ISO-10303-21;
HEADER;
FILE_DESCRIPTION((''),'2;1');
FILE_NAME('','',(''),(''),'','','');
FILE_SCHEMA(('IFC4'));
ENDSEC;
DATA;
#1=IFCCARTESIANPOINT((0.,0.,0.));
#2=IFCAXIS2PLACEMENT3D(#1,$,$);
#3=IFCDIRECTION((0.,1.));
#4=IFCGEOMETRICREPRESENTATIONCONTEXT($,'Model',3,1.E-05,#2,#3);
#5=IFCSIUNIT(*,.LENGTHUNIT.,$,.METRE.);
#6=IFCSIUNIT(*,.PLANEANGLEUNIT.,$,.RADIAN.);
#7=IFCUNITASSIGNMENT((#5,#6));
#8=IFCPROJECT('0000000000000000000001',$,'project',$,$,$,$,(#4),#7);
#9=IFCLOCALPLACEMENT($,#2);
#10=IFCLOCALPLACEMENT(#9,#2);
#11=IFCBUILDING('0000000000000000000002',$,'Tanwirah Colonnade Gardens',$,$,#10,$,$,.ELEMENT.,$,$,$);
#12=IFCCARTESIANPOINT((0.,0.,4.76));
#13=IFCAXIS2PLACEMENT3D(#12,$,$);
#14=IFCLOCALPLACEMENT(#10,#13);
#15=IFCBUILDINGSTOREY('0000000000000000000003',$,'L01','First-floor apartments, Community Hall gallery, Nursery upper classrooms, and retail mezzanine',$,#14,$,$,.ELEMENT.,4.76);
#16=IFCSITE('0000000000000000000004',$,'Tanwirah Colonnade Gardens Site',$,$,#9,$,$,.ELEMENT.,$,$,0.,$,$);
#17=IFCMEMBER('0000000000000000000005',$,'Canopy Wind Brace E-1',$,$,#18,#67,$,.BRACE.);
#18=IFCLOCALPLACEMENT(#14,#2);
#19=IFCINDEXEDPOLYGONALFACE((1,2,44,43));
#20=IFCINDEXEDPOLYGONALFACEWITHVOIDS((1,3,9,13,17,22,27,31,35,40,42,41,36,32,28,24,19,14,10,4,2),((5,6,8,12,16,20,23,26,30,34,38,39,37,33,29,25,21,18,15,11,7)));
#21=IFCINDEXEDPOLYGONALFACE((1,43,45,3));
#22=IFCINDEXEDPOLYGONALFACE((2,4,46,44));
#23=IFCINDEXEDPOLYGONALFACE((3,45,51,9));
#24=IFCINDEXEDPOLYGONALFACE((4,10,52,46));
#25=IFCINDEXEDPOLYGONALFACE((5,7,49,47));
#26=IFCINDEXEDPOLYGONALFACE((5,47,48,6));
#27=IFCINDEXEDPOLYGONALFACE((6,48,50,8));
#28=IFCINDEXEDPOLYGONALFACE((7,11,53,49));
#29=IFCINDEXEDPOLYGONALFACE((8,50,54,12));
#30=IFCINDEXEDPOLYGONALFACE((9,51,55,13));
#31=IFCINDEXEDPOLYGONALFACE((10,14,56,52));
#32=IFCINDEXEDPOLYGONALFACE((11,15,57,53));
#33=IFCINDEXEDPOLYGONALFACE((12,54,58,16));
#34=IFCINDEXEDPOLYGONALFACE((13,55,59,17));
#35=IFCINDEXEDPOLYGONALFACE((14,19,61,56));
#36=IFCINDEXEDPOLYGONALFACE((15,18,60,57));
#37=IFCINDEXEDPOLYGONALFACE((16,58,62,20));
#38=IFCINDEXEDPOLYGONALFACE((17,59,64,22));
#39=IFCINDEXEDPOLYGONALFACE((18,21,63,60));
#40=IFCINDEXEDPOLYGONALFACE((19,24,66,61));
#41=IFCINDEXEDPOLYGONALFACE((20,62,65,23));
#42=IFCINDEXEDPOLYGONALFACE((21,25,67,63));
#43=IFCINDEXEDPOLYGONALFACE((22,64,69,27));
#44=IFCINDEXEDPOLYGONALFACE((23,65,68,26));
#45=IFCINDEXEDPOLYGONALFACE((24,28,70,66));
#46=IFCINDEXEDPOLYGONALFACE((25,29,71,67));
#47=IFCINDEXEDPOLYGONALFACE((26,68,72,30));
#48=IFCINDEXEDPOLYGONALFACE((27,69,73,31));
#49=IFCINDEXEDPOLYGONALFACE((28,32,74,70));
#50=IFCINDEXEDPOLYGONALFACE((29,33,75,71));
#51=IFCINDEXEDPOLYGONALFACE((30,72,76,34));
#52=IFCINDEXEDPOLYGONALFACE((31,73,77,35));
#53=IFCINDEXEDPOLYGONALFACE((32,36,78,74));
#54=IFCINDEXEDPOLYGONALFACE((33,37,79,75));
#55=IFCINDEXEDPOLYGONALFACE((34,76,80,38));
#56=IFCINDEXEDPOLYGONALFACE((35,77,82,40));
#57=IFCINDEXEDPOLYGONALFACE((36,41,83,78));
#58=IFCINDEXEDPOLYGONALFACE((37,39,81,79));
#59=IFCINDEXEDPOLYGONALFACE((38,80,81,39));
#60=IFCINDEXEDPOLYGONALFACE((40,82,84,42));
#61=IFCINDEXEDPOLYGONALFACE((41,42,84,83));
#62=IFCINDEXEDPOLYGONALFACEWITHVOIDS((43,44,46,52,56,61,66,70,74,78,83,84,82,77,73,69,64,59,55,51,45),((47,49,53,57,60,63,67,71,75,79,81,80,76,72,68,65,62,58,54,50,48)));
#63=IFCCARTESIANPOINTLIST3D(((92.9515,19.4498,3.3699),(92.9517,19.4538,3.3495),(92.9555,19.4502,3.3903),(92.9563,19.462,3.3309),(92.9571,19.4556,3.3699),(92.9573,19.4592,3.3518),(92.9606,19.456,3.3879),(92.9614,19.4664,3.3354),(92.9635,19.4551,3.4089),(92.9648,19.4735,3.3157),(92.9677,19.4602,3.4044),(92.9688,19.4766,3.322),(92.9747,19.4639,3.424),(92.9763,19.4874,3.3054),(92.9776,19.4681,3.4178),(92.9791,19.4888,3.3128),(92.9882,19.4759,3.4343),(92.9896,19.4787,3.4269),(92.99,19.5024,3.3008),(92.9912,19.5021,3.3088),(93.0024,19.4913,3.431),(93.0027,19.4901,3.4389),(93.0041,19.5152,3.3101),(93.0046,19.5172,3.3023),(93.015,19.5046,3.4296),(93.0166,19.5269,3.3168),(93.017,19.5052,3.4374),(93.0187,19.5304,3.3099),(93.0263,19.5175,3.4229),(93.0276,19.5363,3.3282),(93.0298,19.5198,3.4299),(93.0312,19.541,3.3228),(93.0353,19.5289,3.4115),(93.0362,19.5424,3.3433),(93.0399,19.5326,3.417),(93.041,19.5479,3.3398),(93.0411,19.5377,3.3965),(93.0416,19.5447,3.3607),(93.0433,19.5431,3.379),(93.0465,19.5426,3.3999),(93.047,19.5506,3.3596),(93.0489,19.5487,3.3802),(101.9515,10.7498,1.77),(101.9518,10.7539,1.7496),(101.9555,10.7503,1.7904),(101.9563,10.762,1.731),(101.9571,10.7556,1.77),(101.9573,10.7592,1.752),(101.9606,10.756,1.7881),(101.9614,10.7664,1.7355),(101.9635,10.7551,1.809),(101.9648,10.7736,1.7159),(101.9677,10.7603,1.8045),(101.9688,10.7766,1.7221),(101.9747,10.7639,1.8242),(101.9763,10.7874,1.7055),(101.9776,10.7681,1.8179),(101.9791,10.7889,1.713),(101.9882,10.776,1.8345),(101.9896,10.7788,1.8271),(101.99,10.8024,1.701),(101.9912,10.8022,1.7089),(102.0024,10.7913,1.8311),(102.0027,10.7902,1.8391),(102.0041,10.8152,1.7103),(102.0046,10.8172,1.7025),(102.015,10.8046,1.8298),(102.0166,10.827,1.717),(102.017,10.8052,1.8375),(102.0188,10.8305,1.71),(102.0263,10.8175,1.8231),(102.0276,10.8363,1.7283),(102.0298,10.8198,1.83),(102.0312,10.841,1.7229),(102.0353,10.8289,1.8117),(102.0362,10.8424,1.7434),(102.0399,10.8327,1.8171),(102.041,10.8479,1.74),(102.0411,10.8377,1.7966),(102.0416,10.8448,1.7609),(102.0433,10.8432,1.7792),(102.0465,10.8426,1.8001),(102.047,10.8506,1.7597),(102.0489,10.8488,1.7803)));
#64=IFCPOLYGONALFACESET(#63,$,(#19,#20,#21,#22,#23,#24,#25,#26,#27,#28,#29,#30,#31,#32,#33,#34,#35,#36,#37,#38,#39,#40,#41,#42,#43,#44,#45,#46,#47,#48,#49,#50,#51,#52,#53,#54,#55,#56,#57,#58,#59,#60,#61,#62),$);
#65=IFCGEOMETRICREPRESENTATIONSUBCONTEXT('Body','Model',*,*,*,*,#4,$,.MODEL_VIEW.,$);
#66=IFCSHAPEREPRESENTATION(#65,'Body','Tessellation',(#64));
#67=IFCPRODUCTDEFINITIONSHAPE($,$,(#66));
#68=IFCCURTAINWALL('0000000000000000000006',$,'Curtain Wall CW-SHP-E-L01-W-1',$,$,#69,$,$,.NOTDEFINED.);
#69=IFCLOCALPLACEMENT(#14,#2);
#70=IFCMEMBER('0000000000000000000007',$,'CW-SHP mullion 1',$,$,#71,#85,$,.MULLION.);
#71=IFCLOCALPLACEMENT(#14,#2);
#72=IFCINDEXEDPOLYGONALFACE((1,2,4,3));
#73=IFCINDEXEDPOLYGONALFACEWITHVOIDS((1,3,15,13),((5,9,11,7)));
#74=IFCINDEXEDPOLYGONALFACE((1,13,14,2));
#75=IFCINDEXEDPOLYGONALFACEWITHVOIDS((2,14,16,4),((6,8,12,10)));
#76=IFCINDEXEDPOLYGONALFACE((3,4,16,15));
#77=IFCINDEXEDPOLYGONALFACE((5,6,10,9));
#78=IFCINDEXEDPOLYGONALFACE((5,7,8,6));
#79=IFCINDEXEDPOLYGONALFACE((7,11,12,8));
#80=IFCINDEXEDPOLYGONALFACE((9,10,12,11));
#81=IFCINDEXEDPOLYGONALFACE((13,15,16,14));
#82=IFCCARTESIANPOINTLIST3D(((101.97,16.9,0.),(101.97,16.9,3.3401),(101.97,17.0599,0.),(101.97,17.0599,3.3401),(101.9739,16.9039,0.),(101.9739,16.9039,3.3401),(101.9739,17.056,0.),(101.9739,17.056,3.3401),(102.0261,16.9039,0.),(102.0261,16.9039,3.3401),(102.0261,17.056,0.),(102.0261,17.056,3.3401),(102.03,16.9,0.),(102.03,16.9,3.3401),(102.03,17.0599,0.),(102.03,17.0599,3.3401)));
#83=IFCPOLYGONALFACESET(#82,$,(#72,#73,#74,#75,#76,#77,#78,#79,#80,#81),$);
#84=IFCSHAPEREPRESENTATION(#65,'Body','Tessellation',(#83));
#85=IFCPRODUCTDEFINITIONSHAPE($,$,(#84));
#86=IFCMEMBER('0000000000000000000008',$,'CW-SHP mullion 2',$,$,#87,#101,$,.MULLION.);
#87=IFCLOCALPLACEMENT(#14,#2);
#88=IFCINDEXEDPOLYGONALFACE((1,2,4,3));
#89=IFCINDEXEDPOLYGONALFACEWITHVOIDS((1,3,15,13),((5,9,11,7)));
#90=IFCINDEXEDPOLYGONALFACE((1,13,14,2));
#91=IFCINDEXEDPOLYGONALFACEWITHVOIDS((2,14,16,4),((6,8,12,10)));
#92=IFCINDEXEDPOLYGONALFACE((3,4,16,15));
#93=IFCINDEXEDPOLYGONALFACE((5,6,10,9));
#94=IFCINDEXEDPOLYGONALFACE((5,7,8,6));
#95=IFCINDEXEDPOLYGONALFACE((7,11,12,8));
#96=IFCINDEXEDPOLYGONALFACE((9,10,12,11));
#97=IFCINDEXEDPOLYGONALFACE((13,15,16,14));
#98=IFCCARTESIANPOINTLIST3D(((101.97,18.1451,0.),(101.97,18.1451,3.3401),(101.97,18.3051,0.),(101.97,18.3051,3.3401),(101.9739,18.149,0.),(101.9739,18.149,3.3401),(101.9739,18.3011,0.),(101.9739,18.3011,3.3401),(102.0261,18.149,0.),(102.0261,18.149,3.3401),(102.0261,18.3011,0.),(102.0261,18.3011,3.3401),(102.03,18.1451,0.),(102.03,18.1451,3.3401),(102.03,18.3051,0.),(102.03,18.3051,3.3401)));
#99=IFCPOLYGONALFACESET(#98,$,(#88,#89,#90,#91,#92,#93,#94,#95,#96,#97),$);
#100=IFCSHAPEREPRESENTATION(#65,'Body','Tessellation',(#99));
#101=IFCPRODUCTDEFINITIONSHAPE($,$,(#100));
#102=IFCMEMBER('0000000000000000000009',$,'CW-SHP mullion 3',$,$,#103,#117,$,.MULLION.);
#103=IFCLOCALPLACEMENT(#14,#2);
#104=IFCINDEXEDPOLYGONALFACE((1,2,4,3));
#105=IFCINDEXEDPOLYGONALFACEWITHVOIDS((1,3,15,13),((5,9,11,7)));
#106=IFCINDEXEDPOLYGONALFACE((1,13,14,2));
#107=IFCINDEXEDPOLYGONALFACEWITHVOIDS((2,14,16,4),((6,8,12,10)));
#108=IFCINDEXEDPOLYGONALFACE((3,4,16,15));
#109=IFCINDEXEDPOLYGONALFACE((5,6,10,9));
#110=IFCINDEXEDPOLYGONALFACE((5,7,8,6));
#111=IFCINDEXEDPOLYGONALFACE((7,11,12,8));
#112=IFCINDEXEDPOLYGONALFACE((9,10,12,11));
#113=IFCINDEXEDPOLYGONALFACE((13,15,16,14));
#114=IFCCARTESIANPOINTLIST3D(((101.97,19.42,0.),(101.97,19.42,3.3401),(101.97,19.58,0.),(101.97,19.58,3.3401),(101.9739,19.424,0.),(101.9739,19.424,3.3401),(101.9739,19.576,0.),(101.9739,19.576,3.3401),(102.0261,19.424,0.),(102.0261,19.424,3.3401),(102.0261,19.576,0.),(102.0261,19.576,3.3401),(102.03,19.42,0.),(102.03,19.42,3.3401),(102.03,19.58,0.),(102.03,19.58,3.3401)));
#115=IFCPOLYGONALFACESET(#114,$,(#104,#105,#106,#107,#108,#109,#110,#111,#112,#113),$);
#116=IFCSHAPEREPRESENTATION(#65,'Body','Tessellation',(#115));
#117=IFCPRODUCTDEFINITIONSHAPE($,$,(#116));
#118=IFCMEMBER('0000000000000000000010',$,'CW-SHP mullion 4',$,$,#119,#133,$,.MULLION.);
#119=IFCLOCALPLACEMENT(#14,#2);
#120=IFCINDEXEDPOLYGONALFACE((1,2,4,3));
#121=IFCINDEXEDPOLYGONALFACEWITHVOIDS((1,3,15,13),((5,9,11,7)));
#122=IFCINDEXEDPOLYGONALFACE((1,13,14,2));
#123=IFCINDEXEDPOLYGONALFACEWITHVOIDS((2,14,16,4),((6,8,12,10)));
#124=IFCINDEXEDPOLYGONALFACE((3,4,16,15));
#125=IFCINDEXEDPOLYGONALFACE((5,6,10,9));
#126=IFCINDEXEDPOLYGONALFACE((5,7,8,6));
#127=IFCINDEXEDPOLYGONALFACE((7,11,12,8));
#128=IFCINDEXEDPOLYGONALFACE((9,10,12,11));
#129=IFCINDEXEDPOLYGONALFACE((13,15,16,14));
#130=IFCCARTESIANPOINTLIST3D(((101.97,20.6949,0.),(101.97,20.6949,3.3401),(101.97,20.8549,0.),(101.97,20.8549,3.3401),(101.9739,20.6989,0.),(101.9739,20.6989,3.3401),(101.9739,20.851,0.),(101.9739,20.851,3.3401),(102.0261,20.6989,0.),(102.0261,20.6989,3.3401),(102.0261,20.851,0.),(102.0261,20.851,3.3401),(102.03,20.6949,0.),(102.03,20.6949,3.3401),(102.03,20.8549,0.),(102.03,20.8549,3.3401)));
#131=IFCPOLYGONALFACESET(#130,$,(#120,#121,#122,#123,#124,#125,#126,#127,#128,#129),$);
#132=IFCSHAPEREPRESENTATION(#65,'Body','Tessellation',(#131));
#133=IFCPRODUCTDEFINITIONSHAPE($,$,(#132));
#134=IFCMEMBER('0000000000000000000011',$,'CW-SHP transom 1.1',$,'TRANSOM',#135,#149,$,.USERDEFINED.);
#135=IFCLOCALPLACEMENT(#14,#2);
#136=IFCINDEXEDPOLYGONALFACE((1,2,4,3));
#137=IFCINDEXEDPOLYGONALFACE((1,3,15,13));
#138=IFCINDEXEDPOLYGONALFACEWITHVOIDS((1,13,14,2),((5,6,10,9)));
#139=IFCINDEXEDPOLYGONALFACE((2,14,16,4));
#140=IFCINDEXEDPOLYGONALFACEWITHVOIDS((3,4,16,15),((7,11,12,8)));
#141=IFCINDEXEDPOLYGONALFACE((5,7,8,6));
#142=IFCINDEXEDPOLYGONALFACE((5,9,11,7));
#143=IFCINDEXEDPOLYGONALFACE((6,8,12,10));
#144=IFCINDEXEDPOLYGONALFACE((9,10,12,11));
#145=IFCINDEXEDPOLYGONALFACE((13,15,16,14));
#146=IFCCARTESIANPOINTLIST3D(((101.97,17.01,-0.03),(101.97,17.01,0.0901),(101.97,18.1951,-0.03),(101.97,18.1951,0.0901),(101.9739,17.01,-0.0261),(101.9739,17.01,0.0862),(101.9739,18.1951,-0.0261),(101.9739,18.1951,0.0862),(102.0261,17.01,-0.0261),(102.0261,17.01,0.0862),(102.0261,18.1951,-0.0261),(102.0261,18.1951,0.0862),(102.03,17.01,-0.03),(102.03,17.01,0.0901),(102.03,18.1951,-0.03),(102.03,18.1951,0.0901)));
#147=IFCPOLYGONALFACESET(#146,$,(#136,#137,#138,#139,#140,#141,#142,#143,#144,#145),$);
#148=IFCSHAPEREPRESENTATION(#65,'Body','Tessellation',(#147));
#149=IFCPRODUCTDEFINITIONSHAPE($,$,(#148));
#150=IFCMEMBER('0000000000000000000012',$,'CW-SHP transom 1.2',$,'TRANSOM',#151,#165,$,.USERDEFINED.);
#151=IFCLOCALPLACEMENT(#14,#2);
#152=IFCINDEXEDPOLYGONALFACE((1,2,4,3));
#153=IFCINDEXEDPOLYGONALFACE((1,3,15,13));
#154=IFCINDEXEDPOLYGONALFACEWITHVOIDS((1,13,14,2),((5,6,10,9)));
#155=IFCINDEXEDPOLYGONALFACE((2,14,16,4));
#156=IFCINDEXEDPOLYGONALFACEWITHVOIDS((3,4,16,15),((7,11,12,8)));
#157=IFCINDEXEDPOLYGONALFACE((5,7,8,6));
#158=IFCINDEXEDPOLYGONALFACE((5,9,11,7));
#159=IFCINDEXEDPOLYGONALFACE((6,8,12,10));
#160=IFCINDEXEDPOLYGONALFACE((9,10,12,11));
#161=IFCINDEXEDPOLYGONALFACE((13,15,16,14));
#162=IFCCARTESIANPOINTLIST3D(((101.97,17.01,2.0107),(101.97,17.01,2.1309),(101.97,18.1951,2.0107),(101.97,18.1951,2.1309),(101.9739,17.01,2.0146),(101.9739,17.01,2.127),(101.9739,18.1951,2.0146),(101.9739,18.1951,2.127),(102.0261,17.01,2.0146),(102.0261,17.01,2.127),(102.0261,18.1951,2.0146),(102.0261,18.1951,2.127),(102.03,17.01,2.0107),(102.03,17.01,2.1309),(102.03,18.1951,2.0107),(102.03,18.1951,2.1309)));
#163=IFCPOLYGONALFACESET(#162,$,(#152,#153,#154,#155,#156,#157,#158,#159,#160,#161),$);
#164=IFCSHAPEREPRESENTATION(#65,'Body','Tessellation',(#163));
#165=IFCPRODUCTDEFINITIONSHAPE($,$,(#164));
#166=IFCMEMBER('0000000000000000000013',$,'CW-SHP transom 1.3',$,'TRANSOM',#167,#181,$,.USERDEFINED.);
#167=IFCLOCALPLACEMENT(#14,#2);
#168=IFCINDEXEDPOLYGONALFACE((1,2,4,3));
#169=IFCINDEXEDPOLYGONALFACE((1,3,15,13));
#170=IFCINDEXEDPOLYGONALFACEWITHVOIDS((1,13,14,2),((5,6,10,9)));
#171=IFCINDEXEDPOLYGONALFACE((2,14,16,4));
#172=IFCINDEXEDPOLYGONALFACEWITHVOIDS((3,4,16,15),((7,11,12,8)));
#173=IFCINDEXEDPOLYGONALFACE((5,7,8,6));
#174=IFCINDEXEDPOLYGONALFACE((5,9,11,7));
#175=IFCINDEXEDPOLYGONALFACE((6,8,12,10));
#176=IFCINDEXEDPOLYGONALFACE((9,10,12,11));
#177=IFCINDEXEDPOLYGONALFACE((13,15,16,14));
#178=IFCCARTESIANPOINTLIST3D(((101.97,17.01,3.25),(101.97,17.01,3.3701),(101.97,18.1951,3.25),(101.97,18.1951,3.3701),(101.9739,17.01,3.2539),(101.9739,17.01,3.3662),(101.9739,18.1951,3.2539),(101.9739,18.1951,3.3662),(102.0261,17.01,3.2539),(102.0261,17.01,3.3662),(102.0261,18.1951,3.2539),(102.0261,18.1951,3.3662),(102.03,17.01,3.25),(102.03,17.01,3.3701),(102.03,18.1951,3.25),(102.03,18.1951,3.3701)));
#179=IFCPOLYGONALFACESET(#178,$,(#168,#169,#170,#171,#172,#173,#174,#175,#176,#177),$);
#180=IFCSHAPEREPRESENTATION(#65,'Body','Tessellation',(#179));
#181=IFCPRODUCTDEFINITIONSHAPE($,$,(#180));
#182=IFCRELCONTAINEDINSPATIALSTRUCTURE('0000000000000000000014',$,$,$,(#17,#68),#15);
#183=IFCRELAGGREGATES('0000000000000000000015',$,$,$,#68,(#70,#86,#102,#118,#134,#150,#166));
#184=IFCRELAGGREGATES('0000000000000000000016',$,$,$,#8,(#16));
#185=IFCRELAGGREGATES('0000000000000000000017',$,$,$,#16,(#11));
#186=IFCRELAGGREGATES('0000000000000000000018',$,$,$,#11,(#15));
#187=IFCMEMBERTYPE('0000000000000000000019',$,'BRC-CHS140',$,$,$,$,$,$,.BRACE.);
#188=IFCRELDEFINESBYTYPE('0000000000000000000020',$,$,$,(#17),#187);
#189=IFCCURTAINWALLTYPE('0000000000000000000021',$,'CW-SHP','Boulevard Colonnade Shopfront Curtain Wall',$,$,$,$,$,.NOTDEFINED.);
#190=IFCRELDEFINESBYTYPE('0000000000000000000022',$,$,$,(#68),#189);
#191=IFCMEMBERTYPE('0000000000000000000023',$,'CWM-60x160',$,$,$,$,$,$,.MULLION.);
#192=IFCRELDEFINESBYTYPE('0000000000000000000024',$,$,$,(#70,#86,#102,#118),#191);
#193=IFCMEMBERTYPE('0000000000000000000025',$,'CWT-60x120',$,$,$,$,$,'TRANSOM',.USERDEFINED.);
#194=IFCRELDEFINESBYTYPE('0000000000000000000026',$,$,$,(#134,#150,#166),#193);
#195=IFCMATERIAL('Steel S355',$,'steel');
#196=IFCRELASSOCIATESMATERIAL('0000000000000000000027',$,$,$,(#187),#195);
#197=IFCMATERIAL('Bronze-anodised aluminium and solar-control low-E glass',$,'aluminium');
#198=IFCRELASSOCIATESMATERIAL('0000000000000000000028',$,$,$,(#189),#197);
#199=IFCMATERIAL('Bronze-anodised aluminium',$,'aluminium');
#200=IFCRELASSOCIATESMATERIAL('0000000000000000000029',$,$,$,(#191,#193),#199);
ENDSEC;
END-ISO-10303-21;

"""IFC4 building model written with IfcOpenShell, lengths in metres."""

from ifc_helpers import new_model, si_unit, direction, frame, origin, origin_2d, place, context, subcontext, project, spatial, hollow_rectangle, hollow_circle, extrude, material, material_profile, profile_set, type_object, element, aggregate, save


model = new_model("IFC4")

# Units and contexts
model_context = context("Model", 3, precision=1e-05, world=origin(), true_north=direction((0.0, 1.0)))
body_context = subcontext(model_context, "Body", "Model", "MODEL_VIEW")
ifc_project = project(units=[si_unit("LENGTHUNIT", "METRE"), si_unit("PLANEANGLEUNIT", "RADIAN")], contexts=[model_context])

# Site, building, storey
site_placement = place(None, origin())
site = spatial("IfcSite", under=ifc_project, at=site_placement, Name="Tanwirah Colonnade Gardens Site", CompositionType="ELEMENT", RefElevation=0.0)
building_placement = place(site_placement, origin())
building = spatial("IfcBuilding", under=site, at=building_placement, Name="Tanwirah Colonnade Gardens", CompositionType="ELEMENT")
storey_placement = place(building_placement, frame((0.0, 0.0, 4.76)))
storey = spatial("IfcBuildingStorey", under=building, at=storey_placement, Name="L01", Description="First-floor apartments, Community Hall gallery, Nursery upper classrooms, and retail mezzanine", CompositionType="ELEMENT", Elevation=4.76)

# Shared definitions
ifc_material_1 = material(Name="Steel S355", Category="steel")

# Member
ifc_material_profile_1 = material_profile(ifc_material_1, hollow_circle(Radius=0.0698, WallThickness=0.0081, at=origin_2d()), Name="CHS 139.7x8")
ifc_profile_set_1 = profile_set([ifc_material_profile_1], Name="Steel S355")
member_type_1 = type_object("IfcMemberType", Name="BRC-CHS140", PredefinedType="BRACE", material=ifc_profile_set_1)
member_1_placement = place(storey_placement, frame((102.0, 10.8, 1.77), z_axis=(-0.713189, 0.689412, 0.126778), x_axis=(-0.69502, -0.71899, 0.0)))
element("IfcMember", 1, at=member_1_placement, inside=storey, type_object=member_type_1, Name="Canopy Wind Brace E-1", PredefinedType="BRACE", context=body_context, shape_type="SweptSolid", body=[
    extrude(hollow_circle(Radius=0.0698, WallThickness=0.0081, at=origin_2d()), origin(), (0.0, 0.0, 1.0), 12.6194),
])

# Curtain wall, members
ifc_material_2 = material(Name="Bronze-anodised aluminium and solar-control low-E glass", Category="aluminium")
curtain_wall_type = type_object("IfcCurtainWallType", Name="CW-SHP", Description="Boulevard Colonnade Shopfront Curtain Wall", PredefinedType="NOTDEFINED", material=ifc_material_2)
curtain_wall_placement = place(storey_placement, origin())
curtain_wall = element("IfcCurtainWall", 2, at=curtain_wall_placement, inside=storey, type_object=curtain_wall_type, Name="Curtain Wall CW-SHP-E-L01-W-1", PredefinedType="NOTDEFINED")
ifc_material_3 = material(Name="Bronze-anodised aluminium", Category="aluminium")
ifc_material_profile_2 = material_profile(ifc_material_3, hollow_rectangle(XDim=0.0601, YDim=0.1599, WallThickness=0.0039, at=origin_2d()), Name="CW-MUL 60x160x4")
ifc_profile_set_2 = profile_set([ifc_material_profile_2], Name="Bronze-anodised aluminium")
member_type_2 = type_object("IfcMemberType", Name="CWM-60x160", PredefinedType="MULLION", material=ifc_profile_set_2)
member_2_placement = place(storey_placement, frame((102.0, 16.98, 0.0), z_axis=(0.0, 0.0, 1.0), x_axis=(-1.0, 0.0, 0.0)))
member_2 = element("IfcMember", 3, at=member_2_placement, type_object=member_type_2, Name="CW-SHP mullion 1", PredefinedType="MULLION", context=body_context, shape_type="SweptSolid", body=[
    extrude(hollow_rectangle(XDim=0.0601, YDim=0.1599, WallThickness=0.0039, at=origin_2d()), origin(), (0.0, 0.0, 1.0), 3.3401),
])
member_3_placement = place(storey_placement, frame((102.0, 18.2251, 0.0), z_axis=(0.0, 0.0, 1.0), x_axis=(-1.0, 0.0, 0.0)))
member_3 = element("IfcMember", 4, at=member_3_placement, type_object=member_type_2, Name="CW-SHP mullion 2", PredefinedType="MULLION", context=body_context, shape_type="SweptSolid", body=[
    extrude(hollow_rectangle(XDim=0.0601, YDim=0.1599, WallThickness=0.0039, at=origin_2d()), origin(), (0.0, 0.0, 1.0), 3.3401),
])
member_4_placement = place(storey_placement, frame((102.0, 19.5, 0.0), z_axis=(0.0, 0.0, 1.0), x_axis=(-1.0, 0.0, 0.0)))
member_4 = element("IfcMember", 5, at=member_4_placement, type_object=member_type_2, Name="CW-SHP mullion 3", PredefinedType="MULLION", context=body_context, shape_type="SweptSolid", body=[
    extrude(hollow_rectangle(XDim=0.0601, YDim=0.1599, WallThickness=0.0039, at=origin_2d()), origin(), (0.0, 0.0, 1.0), 3.3401),
])
member_5_placement = place(storey_placement, frame((102.0, 20.7749, 0.0), z_axis=(0.0, 0.0, 1.0), x_axis=(-1.0, 0.0, 0.0)))
member_5 = element("IfcMember", 6, at=member_5_placement, type_object=member_type_2, Name="CW-SHP mullion 4", PredefinedType="MULLION", context=body_context, shape_type="SweptSolid", body=[
    extrude(hollow_rectangle(XDim=0.0601, YDim=0.1599, WallThickness=0.0039, at=origin_2d()), origin(), (0.0, 0.0, 1.0), 3.3401),
])
ifc_material_profile_3 = material_profile(ifc_material_3, hollow_rectangle(XDim=0.0601, YDim=0.1201, WallThickness=0.0039, at=origin_2d()), Name="CW-TRN 60x120x4")
ifc_profile_set_3 = profile_set([ifc_material_profile_3], Name="Bronze-anodised aluminium")
member_type_3 = type_object("IfcMemberType", Name="CWT-60x120", ElementType="TRANSOM", PredefinedType="USERDEFINED", material=ifc_profile_set_3)
member_6_placement = place(storey_placement, frame((102.0, 17.01, 0.03), z_axis=(0.0, 1.0, 0.0), x_axis=(-1.0, 0.0, 0.0)))
member_6 = element("IfcMember", 7, at=member_6_placement, type_object=member_type_3, Name="CW-SHP transom 1.1", ObjectType="TRANSOM", PredefinedType="USERDEFINED", context=body_context, shape_type="SweptSolid", body=[
    extrude(hollow_rectangle(XDim=0.0601, YDim=0.1201, WallThickness=0.0039, at=origin_2d()), origin(), (0.0, 0.0, 1.0), 1.1851),
])
member_7_placement = place(storey_placement, frame((102.0, 17.01, 2.0708), z_axis=(0.0, 1.0, 0.0), x_axis=(-1.0, 0.0, 0.0)))
member_7 = element("IfcMember", 8, at=member_7_placement, type_object=member_type_3, Name="CW-SHP transom 1.2", ObjectType="TRANSOM", PredefinedType="USERDEFINED", context=body_context, shape_type="SweptSolid", body=[
    extrude(hollow_rectangle(XDim=0.0601, YDim=0.1201, WallThickness=0.0039, at=origin_2d()), origin(), (0.0, 0.0, 1.0), 1.1851),
])
member_8_placement = place(storey_placement, frame((102.0, 17.01, 3.3101), z_axis=(0.0, 1.0, 0.0), x_axis=(-1.0, 0.0, 0.0)))
member_8 = element("IfcMember", 9, at=member_8_placement, type_object=member_type_3, Name="CW-SHP transom 1.3", ObjectType="TRANSOM", PredefinedType="USERDEFINED", context=body_context, shape_type="SweptSolid", body=[
    extrude(hollow_rectangle(XDim=0.0601, YDim=0.1201, WallThickness=0.0039, at=origin_2d()), origin(), (0.0, 0.0, 1.0), 1.1851),
])

aggregate(curtain_wall, [member_2, member_3, member_4, member_5, member_6, member_7, member_8])

save(model, "model.ifc")
